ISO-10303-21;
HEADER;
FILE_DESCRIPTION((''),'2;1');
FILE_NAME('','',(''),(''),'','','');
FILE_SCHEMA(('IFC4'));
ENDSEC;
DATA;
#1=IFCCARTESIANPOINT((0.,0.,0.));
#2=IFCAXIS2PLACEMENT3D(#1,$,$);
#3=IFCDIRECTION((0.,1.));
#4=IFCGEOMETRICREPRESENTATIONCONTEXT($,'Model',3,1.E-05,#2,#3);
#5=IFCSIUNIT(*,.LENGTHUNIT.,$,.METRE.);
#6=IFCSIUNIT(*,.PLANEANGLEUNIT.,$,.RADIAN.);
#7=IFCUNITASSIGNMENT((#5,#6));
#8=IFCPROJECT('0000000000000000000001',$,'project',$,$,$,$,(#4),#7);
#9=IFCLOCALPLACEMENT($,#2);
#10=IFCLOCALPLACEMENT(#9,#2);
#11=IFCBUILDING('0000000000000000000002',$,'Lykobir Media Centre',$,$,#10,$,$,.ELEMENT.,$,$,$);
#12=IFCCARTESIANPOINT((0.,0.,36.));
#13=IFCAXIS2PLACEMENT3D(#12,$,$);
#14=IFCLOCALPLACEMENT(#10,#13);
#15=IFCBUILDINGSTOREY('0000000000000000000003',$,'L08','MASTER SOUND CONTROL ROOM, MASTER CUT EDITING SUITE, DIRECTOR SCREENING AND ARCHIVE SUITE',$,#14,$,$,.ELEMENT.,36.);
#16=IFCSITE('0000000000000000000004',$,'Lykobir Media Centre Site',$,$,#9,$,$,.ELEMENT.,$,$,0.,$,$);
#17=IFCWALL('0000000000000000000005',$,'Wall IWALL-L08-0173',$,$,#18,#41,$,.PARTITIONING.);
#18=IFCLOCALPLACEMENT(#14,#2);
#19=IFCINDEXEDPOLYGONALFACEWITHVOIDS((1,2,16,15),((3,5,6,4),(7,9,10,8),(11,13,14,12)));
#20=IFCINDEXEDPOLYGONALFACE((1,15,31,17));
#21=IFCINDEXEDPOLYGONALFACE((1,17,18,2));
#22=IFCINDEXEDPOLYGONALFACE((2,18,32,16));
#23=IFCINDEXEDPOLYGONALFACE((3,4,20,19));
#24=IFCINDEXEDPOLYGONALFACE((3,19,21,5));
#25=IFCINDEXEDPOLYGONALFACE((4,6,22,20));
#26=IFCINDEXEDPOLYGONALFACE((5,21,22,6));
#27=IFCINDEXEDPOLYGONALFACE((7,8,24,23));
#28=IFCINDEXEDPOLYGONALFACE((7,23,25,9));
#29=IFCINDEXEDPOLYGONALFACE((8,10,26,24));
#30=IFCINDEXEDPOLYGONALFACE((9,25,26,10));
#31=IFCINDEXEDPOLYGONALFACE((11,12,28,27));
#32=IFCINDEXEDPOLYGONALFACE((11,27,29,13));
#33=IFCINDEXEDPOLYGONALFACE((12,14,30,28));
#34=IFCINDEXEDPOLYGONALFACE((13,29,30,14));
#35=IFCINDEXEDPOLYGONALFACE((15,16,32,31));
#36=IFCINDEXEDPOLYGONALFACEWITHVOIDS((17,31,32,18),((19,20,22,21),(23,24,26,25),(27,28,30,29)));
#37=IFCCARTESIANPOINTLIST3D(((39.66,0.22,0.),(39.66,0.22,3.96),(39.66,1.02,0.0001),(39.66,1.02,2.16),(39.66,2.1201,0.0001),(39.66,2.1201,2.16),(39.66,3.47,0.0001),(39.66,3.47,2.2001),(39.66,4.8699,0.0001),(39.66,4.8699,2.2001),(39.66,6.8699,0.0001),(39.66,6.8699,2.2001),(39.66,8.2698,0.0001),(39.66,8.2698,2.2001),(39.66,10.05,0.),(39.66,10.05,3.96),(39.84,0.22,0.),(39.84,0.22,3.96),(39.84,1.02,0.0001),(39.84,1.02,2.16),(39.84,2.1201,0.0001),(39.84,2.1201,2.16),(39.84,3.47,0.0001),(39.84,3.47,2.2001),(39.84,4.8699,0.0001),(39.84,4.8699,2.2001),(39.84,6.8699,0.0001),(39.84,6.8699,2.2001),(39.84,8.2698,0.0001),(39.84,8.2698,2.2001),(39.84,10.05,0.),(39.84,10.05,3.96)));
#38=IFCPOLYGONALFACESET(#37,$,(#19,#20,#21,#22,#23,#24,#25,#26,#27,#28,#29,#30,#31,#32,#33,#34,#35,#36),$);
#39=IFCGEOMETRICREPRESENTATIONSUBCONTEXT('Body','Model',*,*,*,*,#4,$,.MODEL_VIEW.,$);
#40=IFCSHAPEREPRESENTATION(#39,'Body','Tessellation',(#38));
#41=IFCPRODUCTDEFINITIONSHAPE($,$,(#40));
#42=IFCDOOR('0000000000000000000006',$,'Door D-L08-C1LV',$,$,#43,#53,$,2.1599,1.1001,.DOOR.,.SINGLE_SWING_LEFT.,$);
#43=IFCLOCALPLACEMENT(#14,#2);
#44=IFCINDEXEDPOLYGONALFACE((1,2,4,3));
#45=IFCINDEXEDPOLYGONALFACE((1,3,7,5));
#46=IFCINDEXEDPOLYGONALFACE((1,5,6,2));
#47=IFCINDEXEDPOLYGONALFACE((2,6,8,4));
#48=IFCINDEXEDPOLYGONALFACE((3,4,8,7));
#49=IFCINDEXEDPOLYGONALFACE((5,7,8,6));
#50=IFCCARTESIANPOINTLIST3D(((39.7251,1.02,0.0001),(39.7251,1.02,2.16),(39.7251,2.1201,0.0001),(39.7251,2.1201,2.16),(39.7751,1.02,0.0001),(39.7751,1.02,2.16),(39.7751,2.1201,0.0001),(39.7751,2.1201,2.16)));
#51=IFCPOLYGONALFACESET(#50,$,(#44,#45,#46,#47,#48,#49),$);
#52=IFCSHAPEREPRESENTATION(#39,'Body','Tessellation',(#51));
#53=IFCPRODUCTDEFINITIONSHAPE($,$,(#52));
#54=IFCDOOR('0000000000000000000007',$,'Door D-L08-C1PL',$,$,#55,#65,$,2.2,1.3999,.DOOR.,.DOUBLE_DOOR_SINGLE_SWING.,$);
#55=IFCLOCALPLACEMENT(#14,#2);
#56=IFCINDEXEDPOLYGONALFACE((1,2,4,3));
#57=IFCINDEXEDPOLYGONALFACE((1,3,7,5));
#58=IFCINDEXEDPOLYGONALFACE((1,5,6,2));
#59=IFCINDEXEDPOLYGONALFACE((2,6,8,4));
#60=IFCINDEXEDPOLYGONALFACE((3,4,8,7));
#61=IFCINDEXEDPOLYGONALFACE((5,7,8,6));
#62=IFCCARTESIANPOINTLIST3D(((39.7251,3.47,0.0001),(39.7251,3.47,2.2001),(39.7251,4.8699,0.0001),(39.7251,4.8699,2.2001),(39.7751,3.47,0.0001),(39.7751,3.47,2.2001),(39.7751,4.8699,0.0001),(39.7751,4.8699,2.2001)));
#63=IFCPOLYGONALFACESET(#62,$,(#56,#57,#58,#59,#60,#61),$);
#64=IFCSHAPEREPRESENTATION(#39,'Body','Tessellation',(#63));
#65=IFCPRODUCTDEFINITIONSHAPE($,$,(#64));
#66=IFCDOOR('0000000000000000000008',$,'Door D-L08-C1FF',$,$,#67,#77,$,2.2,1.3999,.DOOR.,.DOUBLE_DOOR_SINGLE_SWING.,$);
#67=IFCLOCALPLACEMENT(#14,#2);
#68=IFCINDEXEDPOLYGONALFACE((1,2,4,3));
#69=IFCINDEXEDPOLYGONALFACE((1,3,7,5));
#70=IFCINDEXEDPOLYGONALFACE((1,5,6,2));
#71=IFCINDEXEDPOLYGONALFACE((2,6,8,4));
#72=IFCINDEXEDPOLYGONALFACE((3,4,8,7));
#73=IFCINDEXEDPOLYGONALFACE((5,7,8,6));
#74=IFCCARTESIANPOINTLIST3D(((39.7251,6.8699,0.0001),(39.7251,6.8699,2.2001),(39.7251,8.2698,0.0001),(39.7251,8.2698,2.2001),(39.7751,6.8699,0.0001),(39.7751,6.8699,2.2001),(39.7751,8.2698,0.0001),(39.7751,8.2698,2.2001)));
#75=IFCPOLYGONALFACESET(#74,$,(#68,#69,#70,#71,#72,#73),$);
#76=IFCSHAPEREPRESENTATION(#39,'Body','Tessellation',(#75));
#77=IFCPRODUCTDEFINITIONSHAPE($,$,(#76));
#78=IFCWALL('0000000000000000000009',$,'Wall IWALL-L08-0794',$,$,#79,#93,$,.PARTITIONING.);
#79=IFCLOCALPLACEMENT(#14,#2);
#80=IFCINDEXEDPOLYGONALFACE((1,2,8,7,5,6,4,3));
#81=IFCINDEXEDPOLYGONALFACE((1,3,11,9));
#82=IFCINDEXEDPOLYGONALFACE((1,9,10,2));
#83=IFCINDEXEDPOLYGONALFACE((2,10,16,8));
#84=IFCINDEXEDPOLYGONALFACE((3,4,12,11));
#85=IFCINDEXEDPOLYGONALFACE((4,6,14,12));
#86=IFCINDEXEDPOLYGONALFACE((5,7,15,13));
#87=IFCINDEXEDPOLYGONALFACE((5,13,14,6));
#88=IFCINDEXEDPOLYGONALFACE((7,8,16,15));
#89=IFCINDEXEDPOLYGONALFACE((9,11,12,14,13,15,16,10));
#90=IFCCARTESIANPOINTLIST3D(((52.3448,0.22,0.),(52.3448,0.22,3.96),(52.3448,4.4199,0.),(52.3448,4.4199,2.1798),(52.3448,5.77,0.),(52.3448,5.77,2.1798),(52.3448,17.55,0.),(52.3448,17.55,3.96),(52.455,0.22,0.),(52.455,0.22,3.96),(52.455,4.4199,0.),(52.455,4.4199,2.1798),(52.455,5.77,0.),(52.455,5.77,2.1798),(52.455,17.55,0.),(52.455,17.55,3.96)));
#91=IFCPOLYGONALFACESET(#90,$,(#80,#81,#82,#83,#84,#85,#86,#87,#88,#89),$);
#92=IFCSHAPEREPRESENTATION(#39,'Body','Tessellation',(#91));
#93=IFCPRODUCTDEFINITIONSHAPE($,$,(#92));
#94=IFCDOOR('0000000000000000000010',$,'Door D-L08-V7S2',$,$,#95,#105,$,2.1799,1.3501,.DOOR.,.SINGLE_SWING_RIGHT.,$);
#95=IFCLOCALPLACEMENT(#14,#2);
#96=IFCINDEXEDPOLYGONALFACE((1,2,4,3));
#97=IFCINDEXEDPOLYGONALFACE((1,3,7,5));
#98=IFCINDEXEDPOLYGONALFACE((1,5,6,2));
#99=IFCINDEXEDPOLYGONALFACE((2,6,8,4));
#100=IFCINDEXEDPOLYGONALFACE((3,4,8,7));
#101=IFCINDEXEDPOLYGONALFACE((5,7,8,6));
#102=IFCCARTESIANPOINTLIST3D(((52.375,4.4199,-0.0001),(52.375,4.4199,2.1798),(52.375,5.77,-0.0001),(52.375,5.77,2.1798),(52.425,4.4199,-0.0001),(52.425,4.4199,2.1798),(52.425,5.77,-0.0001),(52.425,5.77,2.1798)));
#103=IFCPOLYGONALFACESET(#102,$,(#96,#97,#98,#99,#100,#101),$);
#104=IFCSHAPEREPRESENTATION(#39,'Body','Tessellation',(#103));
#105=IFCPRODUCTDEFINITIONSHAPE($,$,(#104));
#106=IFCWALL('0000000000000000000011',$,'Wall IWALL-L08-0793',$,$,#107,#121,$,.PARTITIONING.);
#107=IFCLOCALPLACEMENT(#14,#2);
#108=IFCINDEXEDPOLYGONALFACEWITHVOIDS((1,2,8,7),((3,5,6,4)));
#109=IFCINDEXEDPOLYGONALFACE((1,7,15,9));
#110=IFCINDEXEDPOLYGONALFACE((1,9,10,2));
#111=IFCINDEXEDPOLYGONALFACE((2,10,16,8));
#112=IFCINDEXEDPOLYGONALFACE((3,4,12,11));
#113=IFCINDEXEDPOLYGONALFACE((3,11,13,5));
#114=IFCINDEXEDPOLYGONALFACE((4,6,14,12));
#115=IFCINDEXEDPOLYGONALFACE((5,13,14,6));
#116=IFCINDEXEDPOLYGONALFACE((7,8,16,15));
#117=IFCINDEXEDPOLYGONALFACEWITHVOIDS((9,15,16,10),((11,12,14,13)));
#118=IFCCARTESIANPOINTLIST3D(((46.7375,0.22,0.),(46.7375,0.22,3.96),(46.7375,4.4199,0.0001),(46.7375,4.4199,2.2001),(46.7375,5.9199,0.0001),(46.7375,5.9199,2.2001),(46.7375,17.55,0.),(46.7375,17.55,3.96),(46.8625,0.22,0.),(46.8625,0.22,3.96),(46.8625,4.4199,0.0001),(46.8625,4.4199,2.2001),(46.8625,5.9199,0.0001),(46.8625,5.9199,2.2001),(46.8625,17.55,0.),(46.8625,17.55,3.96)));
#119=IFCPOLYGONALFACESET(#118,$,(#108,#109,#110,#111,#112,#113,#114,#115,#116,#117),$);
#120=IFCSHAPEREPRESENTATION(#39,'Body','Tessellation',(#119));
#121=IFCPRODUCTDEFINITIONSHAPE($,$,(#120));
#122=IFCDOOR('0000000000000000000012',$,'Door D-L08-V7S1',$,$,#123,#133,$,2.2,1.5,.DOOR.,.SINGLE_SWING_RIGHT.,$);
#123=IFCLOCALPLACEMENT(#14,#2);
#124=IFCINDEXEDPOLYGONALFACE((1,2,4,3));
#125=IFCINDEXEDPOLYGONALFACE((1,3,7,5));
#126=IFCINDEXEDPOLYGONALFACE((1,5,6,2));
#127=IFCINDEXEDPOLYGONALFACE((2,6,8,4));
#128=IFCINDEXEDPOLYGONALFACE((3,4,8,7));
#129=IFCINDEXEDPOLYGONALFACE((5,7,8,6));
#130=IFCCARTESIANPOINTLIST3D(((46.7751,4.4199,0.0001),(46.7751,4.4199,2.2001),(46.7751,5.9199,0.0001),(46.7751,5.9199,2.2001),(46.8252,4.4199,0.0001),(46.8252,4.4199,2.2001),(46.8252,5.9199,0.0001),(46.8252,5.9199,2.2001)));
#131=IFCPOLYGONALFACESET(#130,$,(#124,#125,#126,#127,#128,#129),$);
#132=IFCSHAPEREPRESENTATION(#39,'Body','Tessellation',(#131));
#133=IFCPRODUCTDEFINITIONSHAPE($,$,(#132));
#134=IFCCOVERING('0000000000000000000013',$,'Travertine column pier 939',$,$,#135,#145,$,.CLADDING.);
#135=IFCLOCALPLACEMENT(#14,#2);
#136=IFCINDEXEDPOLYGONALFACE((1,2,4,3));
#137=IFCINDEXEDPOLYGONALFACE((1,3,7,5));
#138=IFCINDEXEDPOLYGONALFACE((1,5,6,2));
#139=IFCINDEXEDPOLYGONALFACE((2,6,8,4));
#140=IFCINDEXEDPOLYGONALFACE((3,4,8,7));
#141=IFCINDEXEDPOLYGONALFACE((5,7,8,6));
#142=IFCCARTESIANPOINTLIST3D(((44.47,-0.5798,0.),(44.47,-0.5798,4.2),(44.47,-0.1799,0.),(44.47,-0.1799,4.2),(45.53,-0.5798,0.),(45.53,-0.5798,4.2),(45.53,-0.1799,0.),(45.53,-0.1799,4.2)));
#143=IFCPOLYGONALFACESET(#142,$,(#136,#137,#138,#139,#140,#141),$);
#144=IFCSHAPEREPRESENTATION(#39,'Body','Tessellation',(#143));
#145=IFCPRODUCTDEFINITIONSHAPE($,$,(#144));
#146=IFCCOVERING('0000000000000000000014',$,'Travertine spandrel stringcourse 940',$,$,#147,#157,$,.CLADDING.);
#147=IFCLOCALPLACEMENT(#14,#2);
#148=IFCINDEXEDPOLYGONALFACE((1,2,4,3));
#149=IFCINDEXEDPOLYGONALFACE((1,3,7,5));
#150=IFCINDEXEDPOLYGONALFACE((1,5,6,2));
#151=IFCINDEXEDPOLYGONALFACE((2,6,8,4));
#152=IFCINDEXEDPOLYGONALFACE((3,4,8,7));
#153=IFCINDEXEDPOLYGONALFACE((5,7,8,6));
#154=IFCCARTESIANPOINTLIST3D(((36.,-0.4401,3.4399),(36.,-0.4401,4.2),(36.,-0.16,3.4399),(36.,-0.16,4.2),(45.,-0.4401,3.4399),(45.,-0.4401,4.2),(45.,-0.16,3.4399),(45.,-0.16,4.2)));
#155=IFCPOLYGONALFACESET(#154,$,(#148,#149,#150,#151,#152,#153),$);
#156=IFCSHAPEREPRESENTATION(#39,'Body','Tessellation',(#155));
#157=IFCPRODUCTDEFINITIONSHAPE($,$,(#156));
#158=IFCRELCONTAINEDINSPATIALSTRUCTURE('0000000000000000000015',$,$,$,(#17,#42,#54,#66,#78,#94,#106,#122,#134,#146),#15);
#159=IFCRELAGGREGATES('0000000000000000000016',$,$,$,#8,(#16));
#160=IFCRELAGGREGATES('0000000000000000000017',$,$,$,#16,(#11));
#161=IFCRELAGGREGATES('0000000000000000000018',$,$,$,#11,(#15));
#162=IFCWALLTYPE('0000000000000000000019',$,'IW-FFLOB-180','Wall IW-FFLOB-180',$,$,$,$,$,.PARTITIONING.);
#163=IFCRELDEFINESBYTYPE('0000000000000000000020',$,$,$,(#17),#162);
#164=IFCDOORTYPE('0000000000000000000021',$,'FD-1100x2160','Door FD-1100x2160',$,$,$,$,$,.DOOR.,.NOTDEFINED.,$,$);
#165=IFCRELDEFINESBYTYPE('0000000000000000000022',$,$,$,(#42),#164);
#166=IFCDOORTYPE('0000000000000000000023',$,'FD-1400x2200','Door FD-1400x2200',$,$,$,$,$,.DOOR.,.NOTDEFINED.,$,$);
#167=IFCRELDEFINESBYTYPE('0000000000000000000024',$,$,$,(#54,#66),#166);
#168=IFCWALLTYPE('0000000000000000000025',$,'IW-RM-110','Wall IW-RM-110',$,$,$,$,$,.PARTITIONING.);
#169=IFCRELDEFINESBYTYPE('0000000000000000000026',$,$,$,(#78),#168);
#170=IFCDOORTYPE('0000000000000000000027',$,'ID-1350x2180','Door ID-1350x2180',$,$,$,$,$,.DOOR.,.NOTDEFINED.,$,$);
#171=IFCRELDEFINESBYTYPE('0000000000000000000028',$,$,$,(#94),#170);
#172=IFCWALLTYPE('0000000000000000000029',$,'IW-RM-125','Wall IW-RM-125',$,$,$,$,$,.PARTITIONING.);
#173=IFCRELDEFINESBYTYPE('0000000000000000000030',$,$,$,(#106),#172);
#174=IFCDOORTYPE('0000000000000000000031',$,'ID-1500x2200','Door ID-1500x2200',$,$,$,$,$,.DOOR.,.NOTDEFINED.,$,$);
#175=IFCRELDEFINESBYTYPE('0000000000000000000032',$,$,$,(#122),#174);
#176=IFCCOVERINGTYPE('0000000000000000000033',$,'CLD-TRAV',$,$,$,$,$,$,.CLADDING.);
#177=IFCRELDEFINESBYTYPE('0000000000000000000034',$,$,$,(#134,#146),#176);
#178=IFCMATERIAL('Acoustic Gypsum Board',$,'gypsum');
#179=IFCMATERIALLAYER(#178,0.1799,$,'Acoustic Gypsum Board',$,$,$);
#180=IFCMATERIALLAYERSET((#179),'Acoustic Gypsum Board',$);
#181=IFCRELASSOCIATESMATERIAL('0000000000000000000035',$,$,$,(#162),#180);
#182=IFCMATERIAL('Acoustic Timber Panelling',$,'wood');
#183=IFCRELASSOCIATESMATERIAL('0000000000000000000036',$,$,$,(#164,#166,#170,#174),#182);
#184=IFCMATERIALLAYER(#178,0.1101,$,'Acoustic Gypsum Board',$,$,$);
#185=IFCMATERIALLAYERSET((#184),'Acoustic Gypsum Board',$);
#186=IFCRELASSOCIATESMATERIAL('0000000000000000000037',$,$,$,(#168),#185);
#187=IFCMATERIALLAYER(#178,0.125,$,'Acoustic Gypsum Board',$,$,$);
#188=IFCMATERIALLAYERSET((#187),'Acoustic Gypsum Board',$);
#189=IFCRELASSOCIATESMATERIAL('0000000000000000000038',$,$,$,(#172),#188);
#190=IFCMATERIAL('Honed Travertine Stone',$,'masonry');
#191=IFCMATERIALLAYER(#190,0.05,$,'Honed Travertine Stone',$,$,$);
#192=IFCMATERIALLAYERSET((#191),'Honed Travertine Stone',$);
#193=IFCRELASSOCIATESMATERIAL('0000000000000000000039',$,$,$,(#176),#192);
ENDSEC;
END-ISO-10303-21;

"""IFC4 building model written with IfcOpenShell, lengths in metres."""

from ifc_helpers import new_model, si_unit, direction, frame, frame_2d, origin, origin_2d, place, context, subcontext, project, spatial, rectangle, extrude, material, layer, layer_set, type_object, element, fill, save


model = new_model("IFC4")

# Units and contexts
model_context = context("Model", 3, precision=1e-05, world=origin(), true_north=direction((0.0, 1.0)))
body_context = subcontext(model_context, "Body", "Model", "MODEL_VIEW")
ifc_project = project(units=[si_unit("LENGTHUNIT", "METRE"), si_unit("PLANEANGLEUNIT", "RADIAN")], contexts=[model_context])

# Site, building, storey
site_placement = place(None, origin())
site = spatial("IfcSite", under=ifc_project, at=site_placement, Name="Lykobir Media Centre Site", CompositionType="ELEMENT", RefElevation=0.0)
building_placement = place(site_placement, origin())
building = spatial("IfcBuilding", under=site, at=building_placement, Name="Lykobir Media Centre", CompositionType="ELEMENT")
storey_placement = place(building_placement, frame((0.0, 0.0, 36.0)))
storey = spatial("IfcBuildingStorey", under=building, at=storey_placement, Name="L08", Description="MASTER SOUND CONTROL ROOM, MASTER CUT EDITING SUITE, DIRECTOR SCREENING AND ARCHIVE SUITE", CompositionType="ELEMENT", Elevation=36.0)

# Shared definitions
ifc_material_1 = material(Name="Acoustic Gypsum Board", Category="gypsum")

# Wall, openings, doors
ifc_layer_1 = layer(ifc_material_1, 0.1799, Name="Acoustic Gypsum Board")
ifc_layer_set_1 = layer_set([ifc_layer_1], Name="Acoustic Gypsum Board")
wall_type_1 = type_object("IfcWallType", Name="IW-FFLOB-180", Description="Wall IW-FFLOB-180", PredefinedType="PARTITIONING", material=ifc_layer_set_1)
wall_1_placement = place(storey_placement, frame((39.75, 0.22, 0.0), z_axis=(0.0, 0.0, 1.0), x_axis=(0.0, 1.0, 0.0)))
wall_1 = element("IfcWall", 1, at=wall_1_placement, inside=storey, type_object=wall_type_1, Name="Wall IWALL-L08-0173", PredefinedType="PARTITIONING", context=body_context, shape_type="SweptSolid", body=[
    extrude(rectangle(XDim=9.8301, YDim=0.1799, at=frame_2d((4.915, 0.0))), origin(), (0.0, 0.0, 1.0), 3.96),
])
opening_1_placement = place(wall_1_placement, frame((0.8, 0.0, 0.0)))
opening_1 = element("IfcOpeningElement", 2, at=opening_1_placement, cuts=wall_1, PredefinedType="OPENING", context=body_context, shape_type="SweptSolid", body=[
    extrude(rectangle(XDim=1.1001, YDim=2.1599, at=frame_2d((0.55, 1.0801))), frame((0.0, 0.0999, 0.0), z_axis=(0.0, -1.0, 0.0), x_axis=(1.0, 0.0, 0.0)), (0.0, 0.0, 1.0), 0.2),
])
opening_2_placement = place(wall_1_placement, frame((3.25, 0.0, 0.0)))
opening_2 = element("IfcOpeningElement", 3, at=opening_2_placement, cuts=wall_1, PredefinedType="OPENING", context=body_context, shape_type="SweptSolid", body=[
    extrude(rectangle(XDim=1.3999, YDim=2.2, at=frame_2d((0.7, 1.1001))), frame((0.0, 0.0999, 0.0), z_axis=(0.0, -1.0, 0.0), x_axis=(1.0, 0.0, 0.0)), (0.0, 0.0, 1.0), 0.2),
])
opening_3_placement = place(wall_1_placement, frame((6.6499, 0.0, 0.0)))
opening_3 = element("IfcOpeningElement", 4, at=opening_3_placement, cuts=wall_1, PredefinedType="OPENING", context=body_context, shape_type="SweptSolid", body=[
    extrude(rectangle(XDim=1.3999, YDim=2.2, at=frame_2d((0.7, 1.1001))), frame((0.0, 0.0999, 0.0), z_axis=(0.0, -1.0, 0.0), x_axis=(1.0, 0.0, 0.0)), (0.0, 0.0, 1.0), 0.2),
])
ifc_material_2 = material(Name="Acoustic Timber Panelling", Category="wood")
door_type_1 = type_object("IfcDoorType", Name="FD-1100x2160", Description="Door FD-1100x2160", OperationType="NOTDEFINED", PredefinedType="DOOR", material=ifc_material_2)
door_1_placement = place(opening_1_placement, origin())
door_1 = element("IfcDoor", 5, at=door_1_placement, inside=storey, type_object=door_type_1, Name="Door D-L08-C1LV", OperationType="SINGLE_SWING_LEFT", OverallHeight=2.1599, OverallWidth=1.1001, PredefinedType="DOOR", context=body_context, shape_type="SweptSolid", body=[
    extrude(rectangle(XDim=1.1001, YDim=2.1599, at=frame_2d((0.55, 1.0801))), frame((0.0, 0.0249, 0.0), z_axis=(0.0, -1.0, 0.0), x_axis=(1.0, 0.0, 0.0)), (0.0, 0.0, 1.0), 0.05),
])
fill(opening_1, door_1)
door_type_2 = type_object("IfcDoorType", Name="FD-1400x2200", Description="Door FD-1400x2200", OperationType="NOTDEFINED", PredefinedType="DOOR", material=ifc_material_2)
door_2_placement = place(opening_2_placement, origin())
door_2 = element("IfcDoor", 6, at=door_2_placement, inside=storey, type_object=door_type_2, Name="Door D-L08-C1PL", OperationType="DOUBLE_DOOR_SINGLE_SWING", OverallHeight=2.2, OverallWidth=1.3999, PredefinedType="DOOR", context=body_context, shape_type="SweptSolid", body=[
    extrude(rectangle(XDim=1.3999, YDim=2.2, at=frame_2d((0.7, 1.1001))), frame((0.0, 0.0249, 0.0), z_axis=(0.0, -1.0, 0.0), x_axis=(1.0, 0.0, 0.0)), (0.0, 0.0, 1.0), 0.05),
])
fill(opening_2, door_2)
door_3_placement = place(opening_3_placement, origin())
door_3 = element("IfcDoor", 7, at=door_3_placement, inside=storey, type_object=door_type_2, Name="Door D-L08-C1FF", OperationType="DOUBLE_DOOR_SINGLE_SWING", OverallHeight=2.2, OverallWidth=1.3999, PredefinedType="DOOR", context=body_context, shape_type="SweptSolid", body=[
    extrude(rectangle(XDim=1.3999, YDim=2.2, at=frame_2d((0.7, 1.1001))), frame((0.0, 0.0249, 0.0), z_axis=(0.0, -1.0, 0.0), x_axis=(1.0, 0.0, 0.0)), (0.0, 0.0, 1.0), 0.05),
])
fill(opening_3, door_3)

# Walls, openings, doors
ifc_layer_2 = layer(ifc_material_1, 0.1101, Name="Acoustic Gypsum Board")
ifc_layer_set_2 = layer_set([ifc_layer_2], Name="Acoustic Gypsum Board")
wall_type_2 = type_object("IfcWallType", Name="IW-RM-110", Description="Wall IW-RM-110", PredefinedType="PARTITIONING", material=ifc_layer_set_2)
wall_2_placement = place(storey_placement, frame((52.3999, 0.22, 0.0), z_axis=(0.0, 0.0, 1.0), x_axis=(0.0, 1.0, 0.0)))
wall_2 = element("IfcWall", 8, at=wall_2_placement, inside=storey, type_object=wall_type_2, Name="Wall IWALL-L08-0794", PredefinedType="PARTITIONING", context=body_context, shape_type="SweptSolid", body=[
    extrude(rectangle(XDim=17.3301, YDim=0.1101, at=frame_2d((8.665, 0.0))), origin(), (0.0, 0.0, 1.0), 3.96),
])
opening_4_placement = place(wall_2_placement, frame((4.2, 0.0, 0.0)))
opening_4 = element("IfcOpeningElement", 9, at=opening_4_placement, cuts=wall_2, PredefinedType="OPENING", context=body_context, shape_type="SweptSolid", body=[
    extrude(rectangle(XDim=1.3501, YDim=2.1799, at=frame_2d((0.675, 1.0898))), frame((0.0, 0.0649, 0.0), z_axis=(0.0, -1.0, 0.0), x_axis=(1.0, 0.0, 0.0)), (0.0, 0.0, 1.0), 0.1301),
])
door_type_3 = type_object("IfcDoorType", Name="ID-1350x2180", Description="Door ID-1350x2180", OperationType="NOTDEFINED", PredefinedType="DOOR", material=ifc_material_2)
door_4_placement = place(opening_4_placement, origin())
door_4 = element("IfcDoor", 10, at=door_4_placement, inside=storey, type_object=door_type_3, Name="Door D-L08-V7S2", OperationType="SINGLE_SWING_RIGHT", OverallHeight=2.1799, OverallWidth=1.3501, PredefinedType="DOOR", context=body_context, shape_type="SweptSolid", body=[
    extrude(rectangle(XDim=1.3501, YDim=2.1799, at=frame_2d((0.675, 1.0898))), frame((0.0, 0.0249, 0.0), z_axis=(0.0, -1.0, 0.0), x_axis=(1.0, 0.0, 0.0)), (0.0, 0.0, 1.0), 0.05),
])
fill(opening_4, door_4)
ifc_layer_3 = layer(ifc_material_1, 0.125, Name="Acoustic Gypsum Board")
ifc_layer_set_3 = layer_set([ifc_layer_3], Name="Acoustic Gypsum Board")
wall_type_3 = type_object("IfcWallType", Name="IW-RM-125", Description="Wall IW-RM-125", PredefinedType="PARTITIONING", material=ifc_layer_set_3)
wall_3_placement = place(storey_placement, frame((46.8, 0.22, 0.0), z_axis=(0.0, 0.0, 1.0), x_axis=(0.0, 1.0, 0.0)))
wall_3 = element("IfcWall", 11, at=wall_3_placement, inside=storey, type_object=wall_type_3, Name="Wall IWALL-L08-0793", PredefinedType="PARTITIONING", context=body_context, shape_type="SweptSolid", body=[
    extrude(rectangle(XDim=17.3301, YDim=0.125, at=frame_2d((8.665, 0.0))), origin(), (0.0, 0.0, 1.0), 3.96),
])
opening_5_placement = place(wall_3_placement, frame((4.2, 0.0, 0.0)))
opening_5 = element("IfcOpeningElement", 12, at=opening_5_placement, cuts=wall_3, PredefinedType="OPENING", context=body_context, shape_type="SweptSolid", body=[
    extrude(rectangle(XDim=1.5, YDim=2.2, at=frame_2d((0.75, 1.1001))), frame((0.0, 0.0725, 0.0), z_axis=(0.0, -1.0, 0.0), x_axis=(1.0, 0.0, 0.0)), (0.0, 0.0, 1.0), 0.145),
])
door_type_4 = type_object("IfcDoorType", Name="ID-1500x2200", Description="Door ID-1500x2200", OperationType="NOTDEFINED", PredefinedType="DOOR", material=ifc_material_2)
door_5_placement = place(opening_5_placement, origin())
door_5 = element("IfcDoor", 13, at=door_5_placement, inside=storey, type_object=door_type_4, Name="Door D-L08-V7S1", OperationType="SINGLE_SWING_RIGHT", OverallHeight=2.2, OverallWidth=1.5, PredefinedType="DOOR", context=body_context, shape_type="SweptSolid", body=[
    extrude(rectangle(XDim=1.5, YDim=2.2, at=frame_2d((0.75, 1.1001))), frame((0.0, 0.0249, 0.0), z_axis=(0.0, -1.0, 0.0), x_axis=(1.0, 0.0, 0.0)), (0.0, 0.0, 1.0), 0.05),
])
fill(opening_5, door_5)

# Coverings
ifc_material_3 = material(Name="Honed Travertine Stone", Category="masonry")
ifc_layer_4 = layer(ifc_material_3, 0.05, Name="Honed Travertine Stone")
ifc_layer_set_4 = layer_set([ifc_layer_4], Name="Honed Travertine Stone")
covering_type = type_object("IfcCoveringType", Name="CLD-TRAV", PredefinedType="CLADDING", material=ifc_layer_set_4)
covering_1_placement = place(storey_placement, frame((45.0, -0.3799, 0.0), z_axis=(0.0, 0.0, 1.0), x_axis=(1.0, 0.0, 0.0)))
element("IfcCovering", 14, at=covering_1_placement, inside=storey, type_object=covering_type, Name="Travertine column pier 939", PredefinedType="CLADDING", context=body_context, shape_type="SweptSolid", body=[
    extrude(rectangle(XDim=1.0601, YDim=0.3999, at=origin_2d()), origin(), (0.0, 0.0, 1.0), 4.2),
])
covering_2_placement = place(storey_placement, frame((40.5, -0.3, 3.4399), z_axis=(0.0, 0.0, 1.0), x_axis=(1.0, 0.0, 0.0)))
element("IfcCovering", 15, at=covering_2_placement, inside=storey, type_object=covering_type, Name="Travertine spandrel stringcourse 940", PredefinedType="CLADDING", context=body_context, shape_type="SweptSolid", body=[
    extrude(rectangle(XDim=9.0, YDim=0.28, at=origin_2d()), origin(), (0.0, 0.0, 1.0), 0.76),
])

save(model, "model.ifc")
